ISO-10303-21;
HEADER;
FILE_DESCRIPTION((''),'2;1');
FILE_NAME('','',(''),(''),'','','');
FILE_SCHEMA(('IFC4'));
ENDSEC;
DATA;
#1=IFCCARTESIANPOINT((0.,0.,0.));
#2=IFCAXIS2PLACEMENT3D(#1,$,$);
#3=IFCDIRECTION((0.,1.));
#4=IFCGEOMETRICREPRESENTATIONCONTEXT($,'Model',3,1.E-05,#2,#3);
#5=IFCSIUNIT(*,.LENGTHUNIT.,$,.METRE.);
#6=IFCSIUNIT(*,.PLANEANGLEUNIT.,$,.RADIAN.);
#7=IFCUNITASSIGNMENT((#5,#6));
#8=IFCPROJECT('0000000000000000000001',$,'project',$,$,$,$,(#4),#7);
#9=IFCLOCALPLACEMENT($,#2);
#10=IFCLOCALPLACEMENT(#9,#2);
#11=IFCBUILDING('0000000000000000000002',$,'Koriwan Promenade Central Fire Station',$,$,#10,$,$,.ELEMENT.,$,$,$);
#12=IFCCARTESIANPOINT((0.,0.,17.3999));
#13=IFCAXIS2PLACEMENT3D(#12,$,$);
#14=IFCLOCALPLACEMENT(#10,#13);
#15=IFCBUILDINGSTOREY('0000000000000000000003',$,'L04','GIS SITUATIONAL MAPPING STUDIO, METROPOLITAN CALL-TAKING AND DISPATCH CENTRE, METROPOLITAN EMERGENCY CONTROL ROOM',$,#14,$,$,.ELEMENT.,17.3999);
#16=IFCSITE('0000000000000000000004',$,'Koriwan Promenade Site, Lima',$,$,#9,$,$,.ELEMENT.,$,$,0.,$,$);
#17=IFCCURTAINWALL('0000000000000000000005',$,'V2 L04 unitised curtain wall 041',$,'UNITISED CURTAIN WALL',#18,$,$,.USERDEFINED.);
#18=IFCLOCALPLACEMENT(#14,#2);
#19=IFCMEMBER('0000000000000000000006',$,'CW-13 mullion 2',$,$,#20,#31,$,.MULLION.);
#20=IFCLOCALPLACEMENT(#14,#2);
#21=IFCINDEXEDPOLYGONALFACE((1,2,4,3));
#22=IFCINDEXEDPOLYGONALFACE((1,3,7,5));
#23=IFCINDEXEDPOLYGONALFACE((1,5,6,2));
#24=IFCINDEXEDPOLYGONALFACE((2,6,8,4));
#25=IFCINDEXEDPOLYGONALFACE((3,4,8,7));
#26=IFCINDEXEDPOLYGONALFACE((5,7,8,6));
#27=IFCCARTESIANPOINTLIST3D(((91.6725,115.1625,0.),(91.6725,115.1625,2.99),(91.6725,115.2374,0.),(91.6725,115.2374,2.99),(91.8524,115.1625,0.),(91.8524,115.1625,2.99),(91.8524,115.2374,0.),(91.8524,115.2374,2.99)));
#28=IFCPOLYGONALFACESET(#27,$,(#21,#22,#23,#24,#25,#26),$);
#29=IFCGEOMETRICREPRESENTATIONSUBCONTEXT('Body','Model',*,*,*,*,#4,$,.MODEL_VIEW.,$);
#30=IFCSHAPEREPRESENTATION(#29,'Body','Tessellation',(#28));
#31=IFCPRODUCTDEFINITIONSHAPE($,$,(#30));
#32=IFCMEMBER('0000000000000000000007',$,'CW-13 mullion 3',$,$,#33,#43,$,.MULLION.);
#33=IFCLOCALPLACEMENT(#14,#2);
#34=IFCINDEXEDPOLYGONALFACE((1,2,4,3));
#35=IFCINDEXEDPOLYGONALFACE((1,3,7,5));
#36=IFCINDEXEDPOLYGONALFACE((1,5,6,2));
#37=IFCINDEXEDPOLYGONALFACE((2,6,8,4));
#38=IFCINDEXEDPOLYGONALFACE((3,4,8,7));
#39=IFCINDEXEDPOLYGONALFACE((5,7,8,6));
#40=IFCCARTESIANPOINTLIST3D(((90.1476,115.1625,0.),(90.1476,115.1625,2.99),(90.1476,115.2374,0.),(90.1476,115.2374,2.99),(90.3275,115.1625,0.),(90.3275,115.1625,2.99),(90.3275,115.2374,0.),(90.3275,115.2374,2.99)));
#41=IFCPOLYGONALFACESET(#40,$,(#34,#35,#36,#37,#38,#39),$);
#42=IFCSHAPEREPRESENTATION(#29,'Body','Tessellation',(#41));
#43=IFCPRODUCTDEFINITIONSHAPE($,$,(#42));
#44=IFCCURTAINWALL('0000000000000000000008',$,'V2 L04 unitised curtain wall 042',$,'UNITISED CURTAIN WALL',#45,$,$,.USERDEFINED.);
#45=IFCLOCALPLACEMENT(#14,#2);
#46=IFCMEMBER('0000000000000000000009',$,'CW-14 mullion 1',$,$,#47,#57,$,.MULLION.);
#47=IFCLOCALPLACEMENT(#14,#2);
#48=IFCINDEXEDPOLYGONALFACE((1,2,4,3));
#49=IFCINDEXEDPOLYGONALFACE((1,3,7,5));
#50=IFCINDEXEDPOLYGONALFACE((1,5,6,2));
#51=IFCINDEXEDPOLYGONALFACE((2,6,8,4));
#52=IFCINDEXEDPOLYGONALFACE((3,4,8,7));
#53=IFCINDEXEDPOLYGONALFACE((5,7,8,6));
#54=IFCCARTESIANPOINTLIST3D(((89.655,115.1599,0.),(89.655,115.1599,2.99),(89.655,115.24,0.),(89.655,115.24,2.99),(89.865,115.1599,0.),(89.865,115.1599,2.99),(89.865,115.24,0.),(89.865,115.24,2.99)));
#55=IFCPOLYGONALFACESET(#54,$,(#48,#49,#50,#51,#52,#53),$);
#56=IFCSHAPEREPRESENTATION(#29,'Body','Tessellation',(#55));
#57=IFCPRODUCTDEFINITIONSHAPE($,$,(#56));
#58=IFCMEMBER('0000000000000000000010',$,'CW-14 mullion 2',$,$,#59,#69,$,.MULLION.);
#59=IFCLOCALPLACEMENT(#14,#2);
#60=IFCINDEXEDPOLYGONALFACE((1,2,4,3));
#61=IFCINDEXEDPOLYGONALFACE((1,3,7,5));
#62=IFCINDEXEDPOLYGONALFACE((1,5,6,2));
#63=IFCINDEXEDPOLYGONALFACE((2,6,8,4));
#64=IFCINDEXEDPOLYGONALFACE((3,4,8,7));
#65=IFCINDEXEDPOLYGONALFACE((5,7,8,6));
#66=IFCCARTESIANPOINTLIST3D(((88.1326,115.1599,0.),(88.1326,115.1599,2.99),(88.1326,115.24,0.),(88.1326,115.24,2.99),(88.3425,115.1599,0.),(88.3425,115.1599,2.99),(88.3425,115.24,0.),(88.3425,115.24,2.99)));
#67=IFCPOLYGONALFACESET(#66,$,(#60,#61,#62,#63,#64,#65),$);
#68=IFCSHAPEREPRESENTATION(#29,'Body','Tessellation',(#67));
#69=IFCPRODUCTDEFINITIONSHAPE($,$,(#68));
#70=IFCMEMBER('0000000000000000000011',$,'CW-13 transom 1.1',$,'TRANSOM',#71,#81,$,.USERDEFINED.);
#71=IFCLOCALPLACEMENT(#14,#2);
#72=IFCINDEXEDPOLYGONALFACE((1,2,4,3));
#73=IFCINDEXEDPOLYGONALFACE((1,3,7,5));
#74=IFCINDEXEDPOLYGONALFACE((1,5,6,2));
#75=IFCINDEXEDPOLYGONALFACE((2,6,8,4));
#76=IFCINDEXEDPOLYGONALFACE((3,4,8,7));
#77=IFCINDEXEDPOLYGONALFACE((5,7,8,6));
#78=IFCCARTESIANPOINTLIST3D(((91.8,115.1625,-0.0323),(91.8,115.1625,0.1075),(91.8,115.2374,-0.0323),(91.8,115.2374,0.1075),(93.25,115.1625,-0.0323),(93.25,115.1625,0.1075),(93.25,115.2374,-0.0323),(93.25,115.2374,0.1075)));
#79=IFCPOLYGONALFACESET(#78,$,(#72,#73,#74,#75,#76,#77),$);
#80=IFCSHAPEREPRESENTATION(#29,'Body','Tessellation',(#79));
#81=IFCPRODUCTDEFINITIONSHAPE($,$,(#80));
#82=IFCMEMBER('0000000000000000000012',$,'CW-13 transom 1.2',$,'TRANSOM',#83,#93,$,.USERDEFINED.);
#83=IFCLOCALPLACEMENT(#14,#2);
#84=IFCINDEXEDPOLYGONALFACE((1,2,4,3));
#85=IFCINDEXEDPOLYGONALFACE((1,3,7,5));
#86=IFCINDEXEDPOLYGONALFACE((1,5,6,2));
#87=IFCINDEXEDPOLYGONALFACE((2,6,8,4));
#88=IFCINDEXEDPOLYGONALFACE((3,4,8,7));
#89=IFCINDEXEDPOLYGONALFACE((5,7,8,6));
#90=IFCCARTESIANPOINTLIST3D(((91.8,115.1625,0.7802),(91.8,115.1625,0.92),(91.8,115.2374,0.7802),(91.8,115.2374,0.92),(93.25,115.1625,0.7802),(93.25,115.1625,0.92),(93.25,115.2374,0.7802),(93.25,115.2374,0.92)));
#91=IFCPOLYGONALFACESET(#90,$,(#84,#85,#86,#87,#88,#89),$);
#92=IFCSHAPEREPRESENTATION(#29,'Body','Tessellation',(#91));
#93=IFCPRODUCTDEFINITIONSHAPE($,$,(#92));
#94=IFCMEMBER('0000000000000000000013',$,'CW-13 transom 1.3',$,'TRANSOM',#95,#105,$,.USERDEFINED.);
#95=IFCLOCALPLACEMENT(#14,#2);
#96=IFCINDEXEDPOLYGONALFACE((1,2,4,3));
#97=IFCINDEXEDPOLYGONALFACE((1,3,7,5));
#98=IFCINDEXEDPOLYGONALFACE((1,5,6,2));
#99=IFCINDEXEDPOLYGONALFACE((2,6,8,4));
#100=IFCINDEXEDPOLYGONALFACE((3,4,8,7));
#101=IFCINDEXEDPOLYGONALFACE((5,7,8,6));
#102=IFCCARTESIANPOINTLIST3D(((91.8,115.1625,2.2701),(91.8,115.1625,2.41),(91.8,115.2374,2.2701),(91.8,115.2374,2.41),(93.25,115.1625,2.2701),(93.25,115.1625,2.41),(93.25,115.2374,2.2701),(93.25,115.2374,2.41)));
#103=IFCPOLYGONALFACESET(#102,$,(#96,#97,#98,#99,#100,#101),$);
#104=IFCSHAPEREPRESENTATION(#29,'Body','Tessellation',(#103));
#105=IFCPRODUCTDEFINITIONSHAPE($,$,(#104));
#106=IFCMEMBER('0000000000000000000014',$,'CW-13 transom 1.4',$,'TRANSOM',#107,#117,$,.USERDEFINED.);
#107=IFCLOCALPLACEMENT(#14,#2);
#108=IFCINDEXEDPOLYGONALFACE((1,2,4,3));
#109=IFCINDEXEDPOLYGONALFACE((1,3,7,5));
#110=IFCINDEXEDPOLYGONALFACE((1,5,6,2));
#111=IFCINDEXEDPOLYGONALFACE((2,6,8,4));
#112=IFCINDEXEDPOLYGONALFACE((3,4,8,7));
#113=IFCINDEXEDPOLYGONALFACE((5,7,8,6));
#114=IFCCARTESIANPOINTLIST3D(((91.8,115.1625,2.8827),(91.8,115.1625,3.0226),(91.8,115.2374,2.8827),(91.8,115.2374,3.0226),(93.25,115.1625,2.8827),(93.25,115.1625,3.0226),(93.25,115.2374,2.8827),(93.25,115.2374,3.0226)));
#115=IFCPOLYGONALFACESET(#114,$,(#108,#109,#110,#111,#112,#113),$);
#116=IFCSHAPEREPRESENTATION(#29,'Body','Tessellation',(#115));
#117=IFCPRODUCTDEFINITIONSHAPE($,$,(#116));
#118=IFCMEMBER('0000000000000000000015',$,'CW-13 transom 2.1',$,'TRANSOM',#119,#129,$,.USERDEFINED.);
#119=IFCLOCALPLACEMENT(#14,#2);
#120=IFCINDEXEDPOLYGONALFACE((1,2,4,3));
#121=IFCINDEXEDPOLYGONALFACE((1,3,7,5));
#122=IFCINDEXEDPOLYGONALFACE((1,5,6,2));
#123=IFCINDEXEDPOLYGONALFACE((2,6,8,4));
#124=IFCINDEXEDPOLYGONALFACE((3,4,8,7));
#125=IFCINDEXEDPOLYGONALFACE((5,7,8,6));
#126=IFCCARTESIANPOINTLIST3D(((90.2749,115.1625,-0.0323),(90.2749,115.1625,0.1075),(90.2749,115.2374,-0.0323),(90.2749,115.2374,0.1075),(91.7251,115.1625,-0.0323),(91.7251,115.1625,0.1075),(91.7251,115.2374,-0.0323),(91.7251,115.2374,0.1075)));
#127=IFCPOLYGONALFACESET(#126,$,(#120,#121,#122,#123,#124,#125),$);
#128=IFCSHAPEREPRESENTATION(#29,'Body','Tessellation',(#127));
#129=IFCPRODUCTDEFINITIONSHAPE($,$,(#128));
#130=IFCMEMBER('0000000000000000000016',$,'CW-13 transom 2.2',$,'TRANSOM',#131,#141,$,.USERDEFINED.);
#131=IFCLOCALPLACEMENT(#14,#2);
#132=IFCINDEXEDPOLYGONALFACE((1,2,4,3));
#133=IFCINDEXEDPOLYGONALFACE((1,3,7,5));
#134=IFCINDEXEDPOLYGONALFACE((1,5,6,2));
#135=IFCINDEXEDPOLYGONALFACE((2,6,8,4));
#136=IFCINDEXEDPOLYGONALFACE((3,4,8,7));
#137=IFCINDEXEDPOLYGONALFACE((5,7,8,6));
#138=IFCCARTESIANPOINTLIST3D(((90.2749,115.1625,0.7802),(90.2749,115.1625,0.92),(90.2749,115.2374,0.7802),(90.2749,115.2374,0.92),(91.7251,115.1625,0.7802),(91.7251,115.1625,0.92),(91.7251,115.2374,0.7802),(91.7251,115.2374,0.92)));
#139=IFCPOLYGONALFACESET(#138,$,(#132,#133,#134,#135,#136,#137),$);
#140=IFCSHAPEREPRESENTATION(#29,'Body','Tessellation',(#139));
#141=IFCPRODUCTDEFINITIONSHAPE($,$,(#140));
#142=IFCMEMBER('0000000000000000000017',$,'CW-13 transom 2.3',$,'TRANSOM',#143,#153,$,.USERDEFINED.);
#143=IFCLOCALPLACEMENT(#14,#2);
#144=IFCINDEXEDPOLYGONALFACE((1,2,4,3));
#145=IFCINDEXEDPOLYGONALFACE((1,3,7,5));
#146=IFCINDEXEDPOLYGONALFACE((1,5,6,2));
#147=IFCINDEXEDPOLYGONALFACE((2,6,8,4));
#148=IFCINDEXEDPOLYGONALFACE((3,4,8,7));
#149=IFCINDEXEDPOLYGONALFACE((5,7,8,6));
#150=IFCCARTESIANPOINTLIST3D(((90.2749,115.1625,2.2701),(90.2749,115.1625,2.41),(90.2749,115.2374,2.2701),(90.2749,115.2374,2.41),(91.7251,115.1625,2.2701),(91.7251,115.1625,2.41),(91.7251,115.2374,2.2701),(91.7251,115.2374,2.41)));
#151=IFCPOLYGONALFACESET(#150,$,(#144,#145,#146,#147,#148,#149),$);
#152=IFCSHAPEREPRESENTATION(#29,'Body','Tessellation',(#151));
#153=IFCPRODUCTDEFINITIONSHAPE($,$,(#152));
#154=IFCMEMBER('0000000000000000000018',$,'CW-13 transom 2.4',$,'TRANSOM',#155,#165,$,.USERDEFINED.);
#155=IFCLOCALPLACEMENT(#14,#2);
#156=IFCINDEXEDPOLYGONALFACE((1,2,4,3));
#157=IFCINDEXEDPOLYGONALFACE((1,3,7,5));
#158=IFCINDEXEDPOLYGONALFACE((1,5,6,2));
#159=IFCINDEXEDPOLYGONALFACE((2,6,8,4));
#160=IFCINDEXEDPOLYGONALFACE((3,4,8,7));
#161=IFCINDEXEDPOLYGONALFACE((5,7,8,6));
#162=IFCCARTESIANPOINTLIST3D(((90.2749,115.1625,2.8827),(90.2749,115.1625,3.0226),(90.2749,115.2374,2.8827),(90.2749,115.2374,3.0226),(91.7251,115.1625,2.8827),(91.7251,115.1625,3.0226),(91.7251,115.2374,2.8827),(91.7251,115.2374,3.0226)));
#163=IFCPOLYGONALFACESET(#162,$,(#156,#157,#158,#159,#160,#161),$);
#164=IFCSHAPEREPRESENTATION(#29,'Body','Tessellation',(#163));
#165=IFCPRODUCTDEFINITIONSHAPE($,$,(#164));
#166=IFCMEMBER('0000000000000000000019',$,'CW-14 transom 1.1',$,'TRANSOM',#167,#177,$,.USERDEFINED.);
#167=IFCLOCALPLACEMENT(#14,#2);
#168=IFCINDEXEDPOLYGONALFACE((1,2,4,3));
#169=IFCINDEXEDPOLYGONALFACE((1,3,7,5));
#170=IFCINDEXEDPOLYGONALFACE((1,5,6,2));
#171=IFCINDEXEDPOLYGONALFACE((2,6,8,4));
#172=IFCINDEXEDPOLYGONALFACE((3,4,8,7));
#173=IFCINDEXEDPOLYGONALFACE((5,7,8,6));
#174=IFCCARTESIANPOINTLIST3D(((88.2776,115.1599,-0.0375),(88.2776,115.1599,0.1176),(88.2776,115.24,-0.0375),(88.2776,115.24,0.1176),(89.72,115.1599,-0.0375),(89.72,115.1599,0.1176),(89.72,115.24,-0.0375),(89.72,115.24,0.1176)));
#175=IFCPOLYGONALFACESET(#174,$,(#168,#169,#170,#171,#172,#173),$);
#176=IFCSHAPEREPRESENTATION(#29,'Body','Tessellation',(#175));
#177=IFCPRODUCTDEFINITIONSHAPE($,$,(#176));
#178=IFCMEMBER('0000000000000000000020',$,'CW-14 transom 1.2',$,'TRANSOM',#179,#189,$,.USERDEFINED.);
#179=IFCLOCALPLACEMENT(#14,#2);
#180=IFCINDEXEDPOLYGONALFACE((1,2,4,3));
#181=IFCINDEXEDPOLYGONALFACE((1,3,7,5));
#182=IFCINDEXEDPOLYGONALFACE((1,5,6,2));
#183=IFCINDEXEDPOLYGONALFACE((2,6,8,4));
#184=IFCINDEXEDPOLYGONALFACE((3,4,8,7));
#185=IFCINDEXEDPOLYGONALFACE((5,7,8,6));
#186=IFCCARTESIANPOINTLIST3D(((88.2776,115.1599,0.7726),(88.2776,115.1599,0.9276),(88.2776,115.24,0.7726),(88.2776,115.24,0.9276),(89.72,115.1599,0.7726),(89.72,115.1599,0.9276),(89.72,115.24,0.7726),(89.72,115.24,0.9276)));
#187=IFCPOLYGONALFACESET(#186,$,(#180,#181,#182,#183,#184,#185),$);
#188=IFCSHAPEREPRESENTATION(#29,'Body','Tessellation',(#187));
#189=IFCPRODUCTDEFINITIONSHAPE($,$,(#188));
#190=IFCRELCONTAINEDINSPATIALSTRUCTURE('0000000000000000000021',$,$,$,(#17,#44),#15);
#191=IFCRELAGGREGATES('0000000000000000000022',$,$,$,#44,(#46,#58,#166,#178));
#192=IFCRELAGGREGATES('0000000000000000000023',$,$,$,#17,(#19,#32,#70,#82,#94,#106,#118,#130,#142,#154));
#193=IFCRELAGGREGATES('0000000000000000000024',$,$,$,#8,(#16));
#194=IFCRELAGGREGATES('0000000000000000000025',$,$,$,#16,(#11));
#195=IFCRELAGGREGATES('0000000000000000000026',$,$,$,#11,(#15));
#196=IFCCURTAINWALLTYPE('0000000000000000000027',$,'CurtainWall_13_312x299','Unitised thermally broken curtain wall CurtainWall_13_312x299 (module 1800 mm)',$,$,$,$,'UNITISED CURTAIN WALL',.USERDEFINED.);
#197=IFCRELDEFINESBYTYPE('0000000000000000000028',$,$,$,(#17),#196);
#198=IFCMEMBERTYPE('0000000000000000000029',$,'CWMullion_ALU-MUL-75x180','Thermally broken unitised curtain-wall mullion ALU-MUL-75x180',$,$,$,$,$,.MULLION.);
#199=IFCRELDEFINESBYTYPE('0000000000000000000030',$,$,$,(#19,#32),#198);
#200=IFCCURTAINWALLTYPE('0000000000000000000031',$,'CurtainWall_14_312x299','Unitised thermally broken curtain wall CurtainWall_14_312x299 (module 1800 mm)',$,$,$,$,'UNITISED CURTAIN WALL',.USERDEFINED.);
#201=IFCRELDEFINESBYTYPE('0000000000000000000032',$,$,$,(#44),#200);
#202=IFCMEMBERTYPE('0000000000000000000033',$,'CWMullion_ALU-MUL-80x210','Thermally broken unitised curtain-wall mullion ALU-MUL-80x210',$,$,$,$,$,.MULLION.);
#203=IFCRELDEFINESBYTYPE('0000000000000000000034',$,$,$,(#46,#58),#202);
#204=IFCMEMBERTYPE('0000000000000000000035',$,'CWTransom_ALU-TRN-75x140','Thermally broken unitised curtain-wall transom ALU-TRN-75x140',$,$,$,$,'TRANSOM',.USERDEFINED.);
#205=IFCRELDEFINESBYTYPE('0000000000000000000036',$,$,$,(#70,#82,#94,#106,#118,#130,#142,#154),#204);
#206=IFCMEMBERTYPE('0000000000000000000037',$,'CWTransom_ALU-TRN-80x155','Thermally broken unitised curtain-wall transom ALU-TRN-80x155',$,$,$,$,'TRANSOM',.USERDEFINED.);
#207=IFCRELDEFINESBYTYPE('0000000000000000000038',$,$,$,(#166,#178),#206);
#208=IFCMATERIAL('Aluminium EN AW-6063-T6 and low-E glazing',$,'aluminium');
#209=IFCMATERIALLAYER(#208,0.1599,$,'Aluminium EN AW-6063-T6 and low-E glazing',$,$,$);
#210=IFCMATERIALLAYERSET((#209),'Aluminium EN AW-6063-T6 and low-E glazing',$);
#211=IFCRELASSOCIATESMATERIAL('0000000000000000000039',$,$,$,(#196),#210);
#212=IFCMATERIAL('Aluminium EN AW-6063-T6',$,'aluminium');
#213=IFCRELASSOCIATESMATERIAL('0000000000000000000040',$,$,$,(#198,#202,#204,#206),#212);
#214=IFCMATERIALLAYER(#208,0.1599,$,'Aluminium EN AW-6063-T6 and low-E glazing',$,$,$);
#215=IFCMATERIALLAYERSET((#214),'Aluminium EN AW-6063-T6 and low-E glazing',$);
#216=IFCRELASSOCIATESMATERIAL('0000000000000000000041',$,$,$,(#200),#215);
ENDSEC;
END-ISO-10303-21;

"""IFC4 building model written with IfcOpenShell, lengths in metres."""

from ifc_helpers import new_model, si_unit, direction, frame, origin, origin_2d, place, context, subcontext, project, spatial, rectangle, extrude, material, layer, layer_set, material_profile, profile_set, type_object, element, aggregate, save


model = new_model("IFC4")

# Units and contexts
model_context = context("Model", 3, precision=1e-05, world=origin(), true_north=direction((0.0, 1.0)))
body_context = subcontext(model_context, "Body", "Model", "MODEL_VIEW")
ifc_project = project(units=[si_unit("LENGTHUNIT", "METRE"), si_unit("PLANEANGLEUNIT", "RADIAN")], contexts=[model_context])

# Site, building, storey
site_placement = place(None, origin())
site = spatial("IfcSite", under=ifc_project, at=site_placement, Name="Koriwan Promenade Site, Lima", CompositionType="ELEMENT", RefElevation=0.0)
building_placement = place(site_placement, origin())
building = spatial("IfcBuilding", under=site, at=building_placement, Name="Koriwan Promenade Central Fire Station", CompositionType="ELEMENT")
storey_placement = place(building_placement, frame((0.0, 0.0, 17.3999)))
storey = spatial("IfcBuildingStorey", under=building, at=storey_placement, Name="L04", Description="GIS SITUATIONAL MAPPING STUDIO, METROPOLITAN CALL-TAKING AND DISPATCH CENTRE, METROPOLITAN EMERGENCY CONTROL ROOM", CompositionType="ELEMENT", Elevation=17.3999)

# Curtain walls, members
ifc_material_1 = material(Name="Aluminium EN AW-6063-T6 and low-E glazing", Category="aluminium")
ifc_layer_1 = layer(ifc_material_1, 0.1599, Name="Aluminium EN AW-6063-T6 and low-E glazing")
ifc_layer_set_1 = layer_set([ifc_layer_1], Name="Aluminium EN AW-6063-T6 and low-E glazing")
curtain_wall_type_1 = type_object("IfcCurtainWallType", Name="CurtainWall_13_312x299", Description="Unitised thermally broken curtain wall CurtainWall_13_312x299 (module 1800 mm)", ElementType="UNITISED CURTAIN WALL", PredefinedType="USERDEFINED", material=ifc_layer_set_1)
curtain_wall_1_placement = place(storey_placement, origin())
curtain_wall_1 = element("IfcCurtainWall", 1, at=curtain_wall_1_placement, inside=storey, type_object=curtain_wall_type_1, Name="V2 L04 unitised curtain wall 041", ObjectType="UNITISED CURTAIN WALL", PredefinedType="USERDEFINED")
ifc_material_2 = material(Name="Aluminium EN AW-6063-T6", Category="aluminium")
ifc_material_profile_1 = material_profile(ifc_material_2, rectangle(XDim=0.075, YDim=0.1799, at=origin_2d()), Name="ALU-MUL-75x180")
ifc_profile_set_1 = profile_set([ifc_material_profile_1], Name="Aluminium EN AW-6063-T6")
member_type_1 = type_object("IfcMemberType", Name="CWMullion_ALU-MUL-75x180", Description="Thermally broken unitised curtain-wall mullion ALU-MUL-75x180", PredefinedType="MULLION", material=ifc_profile_set_1)
member_1_placement = place(storey_placement, frame((91.7625, 115.2, 0.0), z_axis=(0.0, 0.0, 1.0), x_axis=(0.0, -1.0, 0.0)))
member_1 = element("IfcMember", 2, at=member_1_placement, type_object=member_type_1, Name="CW-13 mullion 2", PredefinedType="MULLION", context=body_context, shape_type="SweptSolid", body=[
    extrude(rectangle(XDim=0.075, YDim=0.1799, at=origin_2d()), origin(), (0.0, 0.0, 1.0), 2.99),
])
member_2_placement = place(storey_placement, frame((90.2375, 115.2, 0.0), z_axis=(0.0, 0.0, 1.0), x_axis=(0.0, -1.0, 0.0)))
member_2 = element("IfcMember", 3, at=member_2_placement, type_object=member_type_1, Name="CW-13 mullion 3", PredefinedType="MULLION", context=body_context, shape_type="SweptSolid", body=[
    extrude(rectangle(XDim=0.075, YDim=0.1799, at=origin_2d()), origin(), (0.0, 0.0, 1.0), 2.99),
])
ifc_layer_2 = layer(ifc_material_1, 0.1599, Name="Aluminium EN AW-6063-T6 and low-E glazing")
ifc_layer_set_2 = layer_set([ifc_layer_2], Name="Aluminium EN AW-6063-T6 and low-E glazing")
curtain_wall_type_2 = type_object("IfcCurtainWallType", Name="CurtainWall_14_312x299", Description="Unitised thermally broken curtain wall CurtainWall_14_312x299 (module 1800 mm)", ElementType="UNITISED CURTAIN WALL", PredefinedType="USERDEFINED", material=ifc_layer_set_2)
curtain_wall_2_placement = place(storey_placement, origin())
curtain_wall_2 = element("IfcCurtainWall", 4, at=curtain_wall_2_placement, inside=storey, type_object=curtain_wall_type_2, Name="V2 L04 unitised curtain wall 042", ObjectType="UNITISED CURTAIN WALL", PredefinedType="USERDEFINED")
ifc_material_profile_2 = material_profile(ifc_material_2, rectangle(XDim=0.0801, YDim=0.21, at=origin_2d()), Name="ALU-MUL-80x210")
ifc_profile_set_2 = profile_set([ifc_material_profile_2], Name="Aluminium EN AW-6063-T6")
member_type_2 = type_object("IfcMemberType", Name="CWMullion_ALU-MUL-80x210", Description="Thermally broken unitised curtain-wall mullion ALU-MUL-80x210", PredefinedType="MULLION", material=ifc_profile_set_2)
member_3_placement = place(storey_placement, frame((89.76, 115.2, 0.0), z_axis=(0.0, 0.0, 1.0), x_axis=(0.0, -1.0, 0.0)))
member_3 = element("IfcMember", 5, at=member_3_placement, type_object=member_type_2, Name="CW-14 mullion 1", PredefinedType="MULLION", context=body_context, shape_type="SweptSolid", body=[
    extrude(rectangle(XDim=0.0801, YDim=0.21, at=origin_2d()), origin(), (0.0, 0.0, 1.0), 2.99),
])
member_4_placement = place(storey_placement, frame((88.2375, 115.2, 0.0), z_axis=(0.0, 0.0, 1.0), x_axis=(0.0, -1.0, 0.0)))
member_4 = element("IfcMember", 6, at=member_4_placement, type_object=member_type_2, Name="CW-14 mullion 2", PredefinedType="MULLION", context=body_context, shape_type="SweptSolid", body=[
    extrude(rectangle(XDim=0.0801, YDim=0.21, at=origin_2d()), origin(), (0.0, 0.0, 1.0), 2.99),
])

# Members
ifc_material_profile_3 = material_profile(ifc_material_2, rectangle(XDim=0.075, YDim=0.1399, at=origin_2d()), Name="ALU-TRN-75x140")
ifc_profile_set_3 = profile_set([ifc_material_profile_3], Name="Aluminium EN AW-6063-T6")
member_type_3 = type_object("IfcMemberType", Name="CWTransom_ALU-TRN-75x140", Description="Thermally broken unitised curtain-wall transom ALU-TRN-75x140", ElementType="TRANSOM", PredefinedType="USERDEFINED", material=ifc_profile_set_3)
member_5_placement = place(storey_placement, frame((93.25, 115.2, 0.0376), z_axis=(-1.0, 0.0, 0.0), x_axis=(0.0, -1.0, 0.0)))
member_5 = element("IfcMember", 7, at=member_5_placement, type_object=member_type_3, Name="CW-13 transom 1.1", ObjectType="TRANSOM", PredefinedType="USERDEFINED", context=body_context, shape_type="SweptSolid", body=[
    extrude(rectangle(XDim=0.075, YDim=0.1399, at=origin_2d()), origin(), (0.0, 0.0, 1.0), 1.45),
])
member_6_placement = place(storey_placement, frame((93.25, 115.2, 0.8501), z_axis=(-1.0, 0.0, 0.0), x_axis=(0.0, -1.0, 0.0)))
member_6 = element("IfcMember", 8, at=member_6_placement, type_object=member_type_3, Name="CW-13 transom 1.2", ObjectType="TRANSOM", PredefinedType="USERDEFINED", context=body_context, shape_type="SweptSolid", body=[
    extrude(rectangle(XDim=0.075, YDim=0.1399, at=origin_2d()), origin(), (0.0, 0.0, 1.0), 1.45),
])
member_7_placement = place(storey_placement, frame((93.25, 115.2, 2.3401), z_axis=(-1.0, 0.0, 0.0), x_axis=(0.0, -1.0, 0.0)))
member_7 = element("IfcMember", 9, at=member_7_placement, type_object=member_type_3, Name="CW-13 transom 1.3", ObjectType="TRANSOM", PredefinedType="USERDEFINED", context=body_context, shape_type="SweptSolid", body=[
    extrude(rectangle(XDim=0.075, YDim=0.1399, at=origin_2d()), origin(), (0.0, 0.0, 1.0), 1.45),
])
member_8_placement = place(storey_placement, frame((93.25, 115.2, 2.9526), z_axis=(-1.0, 0.0, 0.0), x_axis=(0.0, -1.0, 0.0)))
member_8 = element("IfcMember", 10, at=member_8_placement, type_object=member_type_3, Name="CW-13 transom 1.4", ObjectType="TRANSOM", PredefinedType="USERDEFINED", context=body_context, shape_type="SweptSolid", body=[
    extrude(rectangle(XDim=0.075, YDim=0.1399, at=origin_2d()), origin(), (0.0, 0.0, 1.0), 1.45),
])
member_9_placement = place(storey_placement, frame((91.7251, 115.2, 0.0376), z_axis=(-1.0, 0.0, 0.0), x_axis=(0.0, -1.0, 0.0)))
member_9 = element("IfcMember", 11, at=member_9_placement, type_object=member_type_3, Name="CW-13 transom 2.1", ObjectType="TRANSOM", PredefinedType="USERDEFINED", context=body_context, shape_type="SweptSolid", body=[
    extrude(rectangle(XDim=0.075, YDim=0.1399, at=origin_2d()), origin(), (0.0, 0.0, 1.0), 1.4502),
])
member_10_placement = place(storey_placement, frame((91.7251, 115.2, 0.8501), z_axis=(-1.0, 0.0, 0.0), x_axis=(0.0, -1.0, 0.0)))
member_10 = element("IfcMember", 12, at=member_10_placement, type_object=member_type_3, Name="CW-13 transom 2.2", ObjectType="TRANSOM", PredefinedType="USERDEFINED", context=body_context, shape_type="SweptSolid", body=[
    extrude(rectangle(XDim=0.075, YDim=0.1399, at=origin_2d()), origin(), (0.0, 0.0, 1.0), 1.4502),
])
member_11_placement = place(storey_placement, frame((91.7251, 115.2, 2.3401), z_axis=(-1.0, 0.0, 0.0), x_axis=(0.0, -1.0, 0.0)))
member_11 = element("IfcMember", 13, at=member_11_placement, type_object=member_type_3, Name="CW-13 transom 2.3", ObjectType="TRANSOM", PredefinedType="USERDEFINED", context=body_context, shape_type="SweptSolid", body=[
    extrude(rectangle(XDim=0.075, YDim=0.1399, at=origin_2d()), origin(), (0.0, 0.0, 1.0), 1.4502),
])
member_12_placement = place(storey_placement, frame((91.7251, 115.2, 2.9526), z_axis=(-1.0, 0.0, 0.0), x_axis=(0.0, -1.0, 0.0)))
member_12 = element("IfcMember", 14, at=member_12_placement, type_object=member_type_3, Name="CW-13 transom 2.4", ObjectType="TRANSOM", PredefinedType="USERDEFINED", context=body_context, shape_type="SweptSolid", body=[
    extrude(rectangle(XDim=0.075, YDim=0.1399, at=origin_2d()), origin(), (0.0, 0.0, 1.0), 1.4502),
])
ifc_material_profile_4 = material_profile(ifc_material_2, rectangle(XDim=0.0801, YDim=0.155, at=origin_2d()), Name="ALU-TRN-80x155")
ifc_profile_set_4 = profile_set([ifc_material_profile_4], Name="Aluminium EN AW-6063-T6")
member_type_4 = type_object("IfcMemberType", Name="CWTransom_ALU-TRN-80x155", Description="Thermally broken unitised curtain-wall transom ALU-TRN-80x155", ElementType="TRANSOM", PredefinedType="USERDEFINED", material=ifc_profile_set_4)
member_13_placement = place(storey_placement, frame((89.72, 115.2, 0.04), z_axis=(-1.0, 0.0, 0.0), x_axis=(0.0, -1.0, 0.0)))
member_13 = element("IfcMember", 15, at=member_13_placement, type_object=member_type_4, Name="CW-14 transom 1.1", ObjectType="TRANSOM", PredefinedType="USERDEFINED", context=body_context, shape_type="SweptSolid", body=[
    extrude(rectangle(XDim=0.0801, YDim=0.155, at=origin_2d()), origin(), (0.0, 0.0, 1.0), 1.4424),
])
member_14_placement = place(storey_placement, frame((89.72, 115.2, 0.8501), z_axis=(-1.0, 0.0, 0.0), x_axis=(0.0, -1.0, 0.0)))
member_14 = element("IfcMember", 16, at=member_14_placement, type_object=member_type_4, Name="CW-14 transom 1.2", ObjectType="TRANSOM", PredefinedType="USERDEFINED", context=body_context, shape_type="SweptSolid", body=[
    extrude(rectangle(XDim=0.0801, YDim=0.155, at=origin_2d()), origin(), (0.0, 0.0, 1.0), 1.4424),
])

aggregate(curtain_wall_2, [member_3, member_4, member_13, member_14])
aggregate(curtain_wall_1, [member_1, member_2, member_5, member_6, member_7, member_8, member_9, member_10, member_11, member_12])

save(model, "model.ifc")
